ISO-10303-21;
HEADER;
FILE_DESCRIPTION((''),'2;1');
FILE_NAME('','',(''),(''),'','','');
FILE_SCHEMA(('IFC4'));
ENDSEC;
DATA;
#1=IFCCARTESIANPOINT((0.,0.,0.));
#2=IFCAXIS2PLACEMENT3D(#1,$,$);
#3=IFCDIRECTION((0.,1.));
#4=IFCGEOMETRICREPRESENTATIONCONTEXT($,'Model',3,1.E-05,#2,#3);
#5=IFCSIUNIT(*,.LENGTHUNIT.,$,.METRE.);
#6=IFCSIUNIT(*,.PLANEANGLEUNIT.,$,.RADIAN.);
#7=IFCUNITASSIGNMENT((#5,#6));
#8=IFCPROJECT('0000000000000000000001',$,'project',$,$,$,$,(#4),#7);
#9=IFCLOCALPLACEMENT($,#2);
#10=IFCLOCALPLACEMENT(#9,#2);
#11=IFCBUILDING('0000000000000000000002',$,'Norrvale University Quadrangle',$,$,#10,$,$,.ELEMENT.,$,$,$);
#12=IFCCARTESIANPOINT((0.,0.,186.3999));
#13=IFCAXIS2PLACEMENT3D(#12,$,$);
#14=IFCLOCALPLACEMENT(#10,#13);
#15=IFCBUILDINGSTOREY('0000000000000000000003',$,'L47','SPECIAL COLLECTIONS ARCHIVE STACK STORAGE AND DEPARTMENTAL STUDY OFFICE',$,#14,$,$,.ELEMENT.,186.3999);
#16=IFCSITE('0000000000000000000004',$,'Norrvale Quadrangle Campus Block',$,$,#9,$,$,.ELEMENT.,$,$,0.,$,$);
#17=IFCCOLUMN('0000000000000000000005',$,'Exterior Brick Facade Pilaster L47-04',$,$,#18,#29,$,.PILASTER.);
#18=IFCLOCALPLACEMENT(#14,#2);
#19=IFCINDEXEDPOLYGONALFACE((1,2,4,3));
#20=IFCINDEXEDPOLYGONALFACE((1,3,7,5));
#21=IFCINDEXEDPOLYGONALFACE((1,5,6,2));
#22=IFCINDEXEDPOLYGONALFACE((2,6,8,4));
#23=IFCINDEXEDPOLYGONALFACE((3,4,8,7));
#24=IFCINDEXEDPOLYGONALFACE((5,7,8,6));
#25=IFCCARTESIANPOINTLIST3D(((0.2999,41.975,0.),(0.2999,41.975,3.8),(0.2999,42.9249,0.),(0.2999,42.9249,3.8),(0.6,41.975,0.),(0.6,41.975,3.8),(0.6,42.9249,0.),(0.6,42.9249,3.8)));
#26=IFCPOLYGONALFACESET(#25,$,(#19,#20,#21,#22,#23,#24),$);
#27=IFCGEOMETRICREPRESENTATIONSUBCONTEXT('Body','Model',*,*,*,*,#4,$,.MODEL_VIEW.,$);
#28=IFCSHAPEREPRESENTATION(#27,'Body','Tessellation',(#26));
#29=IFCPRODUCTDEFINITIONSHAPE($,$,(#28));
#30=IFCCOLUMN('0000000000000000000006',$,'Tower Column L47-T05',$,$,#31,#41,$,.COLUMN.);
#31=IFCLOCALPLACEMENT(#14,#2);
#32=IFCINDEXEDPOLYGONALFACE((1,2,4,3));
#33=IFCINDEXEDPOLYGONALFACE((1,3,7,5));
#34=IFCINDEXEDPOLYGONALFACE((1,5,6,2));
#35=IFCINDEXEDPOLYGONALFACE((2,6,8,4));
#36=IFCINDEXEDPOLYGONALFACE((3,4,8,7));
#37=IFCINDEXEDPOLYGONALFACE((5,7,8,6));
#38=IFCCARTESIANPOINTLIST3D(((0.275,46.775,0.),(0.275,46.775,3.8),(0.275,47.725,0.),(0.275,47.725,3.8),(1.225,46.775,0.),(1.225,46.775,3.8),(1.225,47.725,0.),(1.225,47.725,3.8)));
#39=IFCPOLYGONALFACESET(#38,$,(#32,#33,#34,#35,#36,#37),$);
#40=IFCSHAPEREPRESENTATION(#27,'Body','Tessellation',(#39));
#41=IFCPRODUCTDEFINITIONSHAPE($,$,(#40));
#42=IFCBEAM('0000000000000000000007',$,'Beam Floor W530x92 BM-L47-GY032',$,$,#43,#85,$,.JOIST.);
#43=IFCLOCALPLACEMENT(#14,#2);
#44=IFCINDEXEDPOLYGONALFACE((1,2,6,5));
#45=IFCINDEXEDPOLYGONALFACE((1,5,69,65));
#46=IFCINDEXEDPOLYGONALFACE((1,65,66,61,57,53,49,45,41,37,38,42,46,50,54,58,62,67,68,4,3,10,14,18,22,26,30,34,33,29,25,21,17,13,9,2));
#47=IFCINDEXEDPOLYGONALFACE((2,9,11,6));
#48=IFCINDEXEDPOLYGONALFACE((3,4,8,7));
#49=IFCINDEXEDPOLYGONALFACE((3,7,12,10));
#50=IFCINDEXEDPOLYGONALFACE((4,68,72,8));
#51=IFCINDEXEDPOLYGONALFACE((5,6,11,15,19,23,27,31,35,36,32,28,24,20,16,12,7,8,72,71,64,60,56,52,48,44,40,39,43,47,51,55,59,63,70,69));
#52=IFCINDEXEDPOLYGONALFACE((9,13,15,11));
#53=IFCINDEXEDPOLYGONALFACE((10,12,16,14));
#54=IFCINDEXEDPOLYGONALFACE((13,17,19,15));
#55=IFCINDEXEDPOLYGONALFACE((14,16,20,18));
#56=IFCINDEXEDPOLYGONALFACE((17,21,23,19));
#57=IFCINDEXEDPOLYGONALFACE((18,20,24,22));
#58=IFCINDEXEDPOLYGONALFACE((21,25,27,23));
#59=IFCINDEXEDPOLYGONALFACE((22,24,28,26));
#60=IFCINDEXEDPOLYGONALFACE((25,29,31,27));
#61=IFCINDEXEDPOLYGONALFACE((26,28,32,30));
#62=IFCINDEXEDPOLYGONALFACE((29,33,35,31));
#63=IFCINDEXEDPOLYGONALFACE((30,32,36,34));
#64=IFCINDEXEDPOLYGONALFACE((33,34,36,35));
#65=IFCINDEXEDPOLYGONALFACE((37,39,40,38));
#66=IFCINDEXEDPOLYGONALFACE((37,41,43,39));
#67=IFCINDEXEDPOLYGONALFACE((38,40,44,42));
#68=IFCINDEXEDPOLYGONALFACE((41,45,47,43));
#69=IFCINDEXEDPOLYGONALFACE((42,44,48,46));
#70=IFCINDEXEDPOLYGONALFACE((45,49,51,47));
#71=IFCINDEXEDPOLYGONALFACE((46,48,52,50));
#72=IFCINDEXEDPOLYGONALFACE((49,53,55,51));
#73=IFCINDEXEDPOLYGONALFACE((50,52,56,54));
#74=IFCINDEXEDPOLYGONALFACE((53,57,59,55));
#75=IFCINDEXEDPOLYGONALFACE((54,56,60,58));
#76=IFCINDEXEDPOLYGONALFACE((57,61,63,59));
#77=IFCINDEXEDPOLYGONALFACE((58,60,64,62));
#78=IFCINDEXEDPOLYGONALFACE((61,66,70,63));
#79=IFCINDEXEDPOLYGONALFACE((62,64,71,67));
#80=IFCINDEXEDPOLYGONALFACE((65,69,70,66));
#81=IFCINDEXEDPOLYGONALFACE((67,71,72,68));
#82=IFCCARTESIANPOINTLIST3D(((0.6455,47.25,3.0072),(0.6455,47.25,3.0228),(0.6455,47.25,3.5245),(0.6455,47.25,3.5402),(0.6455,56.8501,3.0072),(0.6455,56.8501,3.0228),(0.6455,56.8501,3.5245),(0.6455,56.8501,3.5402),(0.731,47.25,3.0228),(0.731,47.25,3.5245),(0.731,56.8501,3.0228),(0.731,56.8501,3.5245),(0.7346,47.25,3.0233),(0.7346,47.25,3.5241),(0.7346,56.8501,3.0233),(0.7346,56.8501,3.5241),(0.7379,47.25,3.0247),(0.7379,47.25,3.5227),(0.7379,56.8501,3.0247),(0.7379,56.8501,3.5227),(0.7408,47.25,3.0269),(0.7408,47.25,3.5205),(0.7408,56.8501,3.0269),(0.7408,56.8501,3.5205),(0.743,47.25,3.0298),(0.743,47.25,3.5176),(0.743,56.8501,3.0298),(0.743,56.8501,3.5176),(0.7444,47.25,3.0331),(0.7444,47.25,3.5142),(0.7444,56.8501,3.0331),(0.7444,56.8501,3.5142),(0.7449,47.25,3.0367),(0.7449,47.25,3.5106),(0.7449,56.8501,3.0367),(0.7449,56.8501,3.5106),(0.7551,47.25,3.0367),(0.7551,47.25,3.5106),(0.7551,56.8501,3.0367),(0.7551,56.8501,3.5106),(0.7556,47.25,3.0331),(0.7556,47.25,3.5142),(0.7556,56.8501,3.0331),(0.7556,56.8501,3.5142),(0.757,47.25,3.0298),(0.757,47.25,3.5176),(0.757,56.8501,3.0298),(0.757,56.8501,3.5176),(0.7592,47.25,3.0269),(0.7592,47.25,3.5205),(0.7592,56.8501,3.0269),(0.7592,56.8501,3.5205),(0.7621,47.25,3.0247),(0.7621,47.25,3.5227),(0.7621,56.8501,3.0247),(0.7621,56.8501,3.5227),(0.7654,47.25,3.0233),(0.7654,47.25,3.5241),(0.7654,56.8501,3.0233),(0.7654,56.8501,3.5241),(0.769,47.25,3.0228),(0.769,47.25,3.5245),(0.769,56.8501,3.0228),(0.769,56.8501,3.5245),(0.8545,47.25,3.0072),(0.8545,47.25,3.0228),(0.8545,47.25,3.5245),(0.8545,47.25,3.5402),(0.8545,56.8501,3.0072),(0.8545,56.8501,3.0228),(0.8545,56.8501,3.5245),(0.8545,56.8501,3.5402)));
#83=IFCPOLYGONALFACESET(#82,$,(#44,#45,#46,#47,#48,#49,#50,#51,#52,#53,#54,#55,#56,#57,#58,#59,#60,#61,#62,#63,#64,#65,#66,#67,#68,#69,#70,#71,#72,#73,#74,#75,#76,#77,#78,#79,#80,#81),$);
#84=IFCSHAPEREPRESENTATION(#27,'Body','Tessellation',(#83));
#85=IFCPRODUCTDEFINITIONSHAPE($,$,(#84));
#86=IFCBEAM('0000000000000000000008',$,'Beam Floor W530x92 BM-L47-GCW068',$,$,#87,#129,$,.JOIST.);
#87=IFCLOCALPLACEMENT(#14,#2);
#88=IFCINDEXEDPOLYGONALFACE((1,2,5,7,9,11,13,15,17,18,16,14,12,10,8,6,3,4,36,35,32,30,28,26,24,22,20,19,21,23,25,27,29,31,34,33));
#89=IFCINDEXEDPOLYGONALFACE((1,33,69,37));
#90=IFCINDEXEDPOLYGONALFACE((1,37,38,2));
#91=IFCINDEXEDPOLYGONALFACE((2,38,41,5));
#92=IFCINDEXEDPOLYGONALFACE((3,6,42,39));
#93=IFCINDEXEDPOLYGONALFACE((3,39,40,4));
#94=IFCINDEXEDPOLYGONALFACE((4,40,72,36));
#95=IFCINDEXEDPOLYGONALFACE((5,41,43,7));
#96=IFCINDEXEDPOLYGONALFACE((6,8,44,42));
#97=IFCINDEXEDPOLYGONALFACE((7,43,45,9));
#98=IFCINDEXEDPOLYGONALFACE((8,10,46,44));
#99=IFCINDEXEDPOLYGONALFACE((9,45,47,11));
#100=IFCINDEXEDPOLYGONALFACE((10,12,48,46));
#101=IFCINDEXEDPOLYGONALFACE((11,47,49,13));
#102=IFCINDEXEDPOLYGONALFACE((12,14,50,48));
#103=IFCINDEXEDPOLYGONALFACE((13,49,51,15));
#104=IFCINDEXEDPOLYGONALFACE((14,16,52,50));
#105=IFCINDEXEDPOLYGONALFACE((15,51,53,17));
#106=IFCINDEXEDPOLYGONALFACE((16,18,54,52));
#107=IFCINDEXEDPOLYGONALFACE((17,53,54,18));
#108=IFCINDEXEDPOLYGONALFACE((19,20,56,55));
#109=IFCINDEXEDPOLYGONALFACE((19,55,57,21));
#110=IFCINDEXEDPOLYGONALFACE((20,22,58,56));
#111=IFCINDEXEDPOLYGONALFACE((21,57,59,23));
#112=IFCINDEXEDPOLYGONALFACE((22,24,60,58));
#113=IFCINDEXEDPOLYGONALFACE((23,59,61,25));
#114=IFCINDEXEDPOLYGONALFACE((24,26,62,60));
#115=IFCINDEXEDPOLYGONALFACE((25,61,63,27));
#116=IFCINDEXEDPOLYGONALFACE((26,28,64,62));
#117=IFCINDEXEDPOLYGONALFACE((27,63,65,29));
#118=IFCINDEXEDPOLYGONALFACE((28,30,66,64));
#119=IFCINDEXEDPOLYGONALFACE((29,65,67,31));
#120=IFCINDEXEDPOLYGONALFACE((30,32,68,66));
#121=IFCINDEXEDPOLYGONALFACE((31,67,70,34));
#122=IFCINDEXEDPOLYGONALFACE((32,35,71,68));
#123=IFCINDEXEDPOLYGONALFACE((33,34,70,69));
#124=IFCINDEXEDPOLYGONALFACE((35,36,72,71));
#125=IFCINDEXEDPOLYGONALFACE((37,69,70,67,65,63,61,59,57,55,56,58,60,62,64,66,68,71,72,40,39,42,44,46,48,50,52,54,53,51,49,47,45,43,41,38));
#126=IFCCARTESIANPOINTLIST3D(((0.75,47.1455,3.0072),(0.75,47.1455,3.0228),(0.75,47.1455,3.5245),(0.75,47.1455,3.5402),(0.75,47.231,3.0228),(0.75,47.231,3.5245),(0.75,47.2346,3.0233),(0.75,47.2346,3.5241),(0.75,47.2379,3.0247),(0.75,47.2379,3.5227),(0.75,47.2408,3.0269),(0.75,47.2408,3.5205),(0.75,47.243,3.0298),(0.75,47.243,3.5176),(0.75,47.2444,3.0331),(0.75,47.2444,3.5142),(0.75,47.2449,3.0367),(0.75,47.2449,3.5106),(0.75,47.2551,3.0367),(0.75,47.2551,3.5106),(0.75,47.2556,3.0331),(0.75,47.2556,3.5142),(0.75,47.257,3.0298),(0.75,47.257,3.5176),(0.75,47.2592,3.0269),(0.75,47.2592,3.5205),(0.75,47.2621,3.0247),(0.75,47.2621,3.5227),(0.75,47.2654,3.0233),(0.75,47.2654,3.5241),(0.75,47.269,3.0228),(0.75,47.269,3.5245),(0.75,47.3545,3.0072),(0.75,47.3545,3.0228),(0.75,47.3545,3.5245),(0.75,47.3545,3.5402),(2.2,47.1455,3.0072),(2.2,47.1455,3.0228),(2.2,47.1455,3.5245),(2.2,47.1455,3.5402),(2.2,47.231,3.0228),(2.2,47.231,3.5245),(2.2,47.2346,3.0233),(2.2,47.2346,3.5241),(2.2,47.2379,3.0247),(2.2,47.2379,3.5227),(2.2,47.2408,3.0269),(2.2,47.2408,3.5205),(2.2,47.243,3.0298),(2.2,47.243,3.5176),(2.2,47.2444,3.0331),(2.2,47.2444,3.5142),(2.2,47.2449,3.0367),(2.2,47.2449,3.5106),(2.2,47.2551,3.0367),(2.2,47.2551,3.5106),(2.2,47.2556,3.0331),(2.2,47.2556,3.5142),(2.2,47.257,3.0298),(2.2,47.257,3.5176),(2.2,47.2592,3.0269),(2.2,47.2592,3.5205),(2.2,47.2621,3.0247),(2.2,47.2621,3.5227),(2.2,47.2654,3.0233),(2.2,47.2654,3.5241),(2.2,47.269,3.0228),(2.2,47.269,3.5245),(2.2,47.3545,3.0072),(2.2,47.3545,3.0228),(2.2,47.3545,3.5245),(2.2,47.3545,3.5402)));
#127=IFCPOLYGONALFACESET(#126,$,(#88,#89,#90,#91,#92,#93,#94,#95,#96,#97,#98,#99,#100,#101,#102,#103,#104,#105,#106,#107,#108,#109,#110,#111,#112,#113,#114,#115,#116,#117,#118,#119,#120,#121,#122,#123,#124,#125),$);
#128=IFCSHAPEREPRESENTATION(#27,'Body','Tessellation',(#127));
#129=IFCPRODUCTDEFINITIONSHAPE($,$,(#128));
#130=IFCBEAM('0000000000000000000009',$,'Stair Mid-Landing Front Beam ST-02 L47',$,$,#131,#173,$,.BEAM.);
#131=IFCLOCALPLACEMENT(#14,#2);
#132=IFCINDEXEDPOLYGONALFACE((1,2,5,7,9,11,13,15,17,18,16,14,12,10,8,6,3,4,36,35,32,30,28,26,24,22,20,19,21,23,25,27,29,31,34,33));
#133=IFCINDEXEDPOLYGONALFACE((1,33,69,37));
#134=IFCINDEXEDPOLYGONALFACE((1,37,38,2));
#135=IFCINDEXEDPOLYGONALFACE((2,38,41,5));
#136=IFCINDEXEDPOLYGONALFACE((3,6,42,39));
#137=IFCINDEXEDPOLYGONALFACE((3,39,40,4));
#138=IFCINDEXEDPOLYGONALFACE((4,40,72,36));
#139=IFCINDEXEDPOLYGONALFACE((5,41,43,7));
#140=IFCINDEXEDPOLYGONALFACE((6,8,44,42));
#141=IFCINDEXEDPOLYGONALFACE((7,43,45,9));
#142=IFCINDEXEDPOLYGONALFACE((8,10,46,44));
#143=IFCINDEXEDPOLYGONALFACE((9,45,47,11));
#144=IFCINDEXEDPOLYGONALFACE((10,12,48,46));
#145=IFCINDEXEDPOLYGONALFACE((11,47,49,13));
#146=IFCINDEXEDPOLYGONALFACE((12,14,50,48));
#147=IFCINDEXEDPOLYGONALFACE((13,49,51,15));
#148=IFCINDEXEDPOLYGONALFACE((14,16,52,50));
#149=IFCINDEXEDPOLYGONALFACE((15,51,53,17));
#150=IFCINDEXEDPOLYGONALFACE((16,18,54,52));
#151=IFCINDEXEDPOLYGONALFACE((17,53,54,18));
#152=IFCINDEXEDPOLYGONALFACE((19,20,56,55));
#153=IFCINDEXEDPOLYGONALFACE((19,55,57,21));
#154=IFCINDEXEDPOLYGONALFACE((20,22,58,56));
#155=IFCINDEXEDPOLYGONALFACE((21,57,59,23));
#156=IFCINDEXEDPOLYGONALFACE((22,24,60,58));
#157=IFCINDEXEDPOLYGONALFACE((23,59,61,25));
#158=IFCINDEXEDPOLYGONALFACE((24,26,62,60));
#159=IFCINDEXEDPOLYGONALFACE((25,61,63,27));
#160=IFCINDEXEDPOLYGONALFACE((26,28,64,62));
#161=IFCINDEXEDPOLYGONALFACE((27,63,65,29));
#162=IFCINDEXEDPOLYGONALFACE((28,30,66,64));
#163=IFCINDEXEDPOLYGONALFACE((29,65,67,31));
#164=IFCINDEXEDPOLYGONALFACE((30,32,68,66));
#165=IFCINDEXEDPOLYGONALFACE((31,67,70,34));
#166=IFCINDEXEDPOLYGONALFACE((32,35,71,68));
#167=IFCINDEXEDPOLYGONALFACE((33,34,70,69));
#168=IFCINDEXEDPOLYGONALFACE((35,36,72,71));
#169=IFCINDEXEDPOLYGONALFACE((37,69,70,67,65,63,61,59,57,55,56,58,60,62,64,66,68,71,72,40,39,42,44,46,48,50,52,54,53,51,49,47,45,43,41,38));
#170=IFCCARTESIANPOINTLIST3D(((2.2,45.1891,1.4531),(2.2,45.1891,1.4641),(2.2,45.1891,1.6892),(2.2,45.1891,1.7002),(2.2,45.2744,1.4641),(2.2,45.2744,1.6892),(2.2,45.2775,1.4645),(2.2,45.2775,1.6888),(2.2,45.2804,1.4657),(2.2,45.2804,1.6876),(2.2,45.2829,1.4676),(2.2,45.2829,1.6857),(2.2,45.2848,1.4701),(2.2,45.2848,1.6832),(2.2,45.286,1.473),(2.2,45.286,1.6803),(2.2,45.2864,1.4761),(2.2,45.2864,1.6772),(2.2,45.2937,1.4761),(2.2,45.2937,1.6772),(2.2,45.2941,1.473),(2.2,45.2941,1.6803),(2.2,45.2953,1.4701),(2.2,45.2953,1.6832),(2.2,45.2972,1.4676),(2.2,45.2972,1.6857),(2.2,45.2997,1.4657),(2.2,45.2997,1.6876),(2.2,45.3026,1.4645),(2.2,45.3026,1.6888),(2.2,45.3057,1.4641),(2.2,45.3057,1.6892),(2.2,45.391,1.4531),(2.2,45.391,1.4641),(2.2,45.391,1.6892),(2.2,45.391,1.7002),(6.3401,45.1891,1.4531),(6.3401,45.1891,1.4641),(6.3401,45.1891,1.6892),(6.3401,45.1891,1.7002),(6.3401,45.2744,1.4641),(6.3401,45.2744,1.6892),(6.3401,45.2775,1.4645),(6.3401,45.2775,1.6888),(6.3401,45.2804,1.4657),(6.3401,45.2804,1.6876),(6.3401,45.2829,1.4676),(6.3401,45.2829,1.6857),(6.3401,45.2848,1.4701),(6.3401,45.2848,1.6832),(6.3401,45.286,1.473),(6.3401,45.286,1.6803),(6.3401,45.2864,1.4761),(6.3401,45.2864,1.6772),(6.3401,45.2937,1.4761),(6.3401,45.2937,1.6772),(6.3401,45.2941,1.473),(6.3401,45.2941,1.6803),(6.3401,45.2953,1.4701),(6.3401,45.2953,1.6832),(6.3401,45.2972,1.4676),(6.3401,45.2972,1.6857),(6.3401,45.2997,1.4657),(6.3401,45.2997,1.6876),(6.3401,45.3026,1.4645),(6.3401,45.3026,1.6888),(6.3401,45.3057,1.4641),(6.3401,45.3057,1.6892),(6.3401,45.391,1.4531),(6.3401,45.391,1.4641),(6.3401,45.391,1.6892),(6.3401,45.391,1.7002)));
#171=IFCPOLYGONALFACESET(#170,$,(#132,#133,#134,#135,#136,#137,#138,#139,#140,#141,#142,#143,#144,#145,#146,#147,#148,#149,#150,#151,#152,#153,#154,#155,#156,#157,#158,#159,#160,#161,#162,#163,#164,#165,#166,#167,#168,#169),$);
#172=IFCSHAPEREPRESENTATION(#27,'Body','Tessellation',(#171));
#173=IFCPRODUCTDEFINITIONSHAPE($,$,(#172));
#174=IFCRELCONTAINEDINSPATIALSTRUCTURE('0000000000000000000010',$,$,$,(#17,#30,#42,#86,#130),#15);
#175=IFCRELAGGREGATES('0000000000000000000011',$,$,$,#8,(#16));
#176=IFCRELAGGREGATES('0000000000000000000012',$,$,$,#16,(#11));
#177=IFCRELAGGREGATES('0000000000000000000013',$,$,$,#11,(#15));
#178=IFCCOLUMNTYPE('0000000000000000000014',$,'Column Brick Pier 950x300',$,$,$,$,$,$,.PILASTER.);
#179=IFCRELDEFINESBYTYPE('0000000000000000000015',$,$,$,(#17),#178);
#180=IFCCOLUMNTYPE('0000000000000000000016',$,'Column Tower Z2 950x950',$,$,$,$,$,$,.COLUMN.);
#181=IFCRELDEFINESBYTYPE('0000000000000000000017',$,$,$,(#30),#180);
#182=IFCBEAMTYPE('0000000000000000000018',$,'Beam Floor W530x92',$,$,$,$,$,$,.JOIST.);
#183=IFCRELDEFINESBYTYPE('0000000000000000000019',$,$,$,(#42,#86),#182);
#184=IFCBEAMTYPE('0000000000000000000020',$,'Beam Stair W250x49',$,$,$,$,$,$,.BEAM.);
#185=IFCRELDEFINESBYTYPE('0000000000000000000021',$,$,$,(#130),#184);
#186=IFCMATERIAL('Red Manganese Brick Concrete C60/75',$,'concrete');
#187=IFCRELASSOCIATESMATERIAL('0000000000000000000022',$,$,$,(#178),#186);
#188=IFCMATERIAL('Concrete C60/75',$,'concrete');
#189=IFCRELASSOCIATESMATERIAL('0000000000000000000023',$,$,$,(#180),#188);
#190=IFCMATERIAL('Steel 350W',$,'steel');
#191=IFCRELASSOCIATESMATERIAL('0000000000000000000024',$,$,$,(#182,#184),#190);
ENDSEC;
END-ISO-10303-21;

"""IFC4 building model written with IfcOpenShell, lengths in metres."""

from ifc_helpers import new_model, si_unit, direction, frame, origin, origin_2d, place, context, subcontext, project, spatial, rectangle, i_section, extrude, material, material_profile, profile_set, type_object, element, save


model = new_model("IFC4")

# Units and contexts
model_context = context("Model", 3, precision=1e-05, world=origin(), true_north=direction((0.0, 1.0)))
body_context = subcontext(model_context, "Body", "Model", "MODEL_VIEW")
ifc_project = project(units=[si_unit("LENGTHUNIT", "METRE"), si_unit("PLANEANGLEUNIT", "RADIAN")], contexts=[model_context])

# Site, building, storey
site_placement = place(None, origin())
site = spatial("IfcSite", under=ifc_project, at=site_placement, Name="Norrvale Quadrangle Campus Block", CompositionType="ELEMENT", RefElevation=0.0)
building_placement = place(site_placement, origin())
building = spatial("IfcBuilding", under=site, at=building_placement, Name="Norrvale University Quadrangle", CompositionType="ELEMENT")
storey_placement = place(building_placement, frame((0.0, 0.0, 186.3999)))
storey = spatial("IfcBuildingStorey", under=building, at=storey_placement, Name="L47", Description="SPECIAL COLLECTIONS ARCHIVE STACK STORAGE AND DEPARTMENTAL STUDY OFFICE", CompositionType="ELEMENT", Elevation=186.3999)

# Columns
ifc_material_1 = material(Name="Red Manganese Brick Concrete C60/75", Category="concrete")
ifc_material_profile_1 = material_profile(ifc_material_1, rectangle(XDim=0.95, YDim=0.3, at=origin_2d()), Name="Red Manganese Brick Concrete C60/75")
ifc_profile_set_1 = profile_set([ifc_material_profile_1], Name="Red Manganese Brick Concrete C60/75")
column_type_1 = type_object("IfcColumnType", Name="Column Brick Pier 950x300", PredefinedType="PILASTER", material=ifc_profile_set_1)
column_1_placement = place(storey_placement, frame((0.45, 42.45, 0.0), z_axis=(0.0, 0.0, 1.0), x_axis=(0.0, 1.0, 0.0)))
element("IfcColumn", 1, at=column_1_placement, inside=storey, type_object=column_type_1, Name="Exterior Brick Facade Pilaster L47-04", PredefinedType="PILASTER", context=body_context, shape_type="SweptSolid", body=[
    extrude(rectangle(XDim=0.95, YDim=0.3, at=origin_2d()), origin(), (0.0, 0.0, 1.0), 3.8),
])
ifc_material_2 = material(Name="Concrete C60/75", Category="concrete")
ifc_material_profile_2 = material_profile(ifc_material_2, rectangle(XDim=0.95, YDim=0.95, at=origin_2d()), Name="Concrete C60/75")
ifc_profile_set_2 = profile_set([ifc_material_profile_2], Name="Concrete C60/75")
column_type_2 = type_object("IfcColumnType", Name="Column Tower Z2 950x950", PredefinedType="COLUMN", material=ifc_profile_set_2)
column_2_placement = place(storey_placement, frame((0.75, 47.25, 0.0), z_axis=(0.0, 0.0, 1.0), x_axis=(1.0, 0.0, 0.0)))
element("IfcColumn", 2, at=column_2_placement, inside=storey, type_object=column_type_2, Name="Tower Column L47-T05", PredefinedType="COLUMN", context=body_context, shape_type="SweptSolid", body=[
    extrude(rectangle(XDim=0.95, YDim=0.95, at=origin_2d()), origin(), (0.0, 0.0, 1.0), 3.8),
])

# Beams
ifc_material_3 = material(Name="Steel 350W", Category="steel")
ifc_material_profile_3 = material_profile(ifc_material_3, i_section(OverallWidth=0.209, OverallDepth=0.533, WebThickness=0.0103, FlangeThickness=0.0156, FilletRadius=0.0139, at=origin_2d()), Name="Steel 350W")
ifc_profile_set_3 = profile_set([ifc_material_profile_3], Name="Steel 350W")
beam_type_1 = type_object("IfcBeamType", Name="Beam Floor W530x92", PredefinedType="JOIST", material=ifc_profile_set_3)
beam_1_placement = place(storey_placement, frame((0.75, 47.25, 3.2737), z_axis=(0.0, 1.0, 0.0), x_axis=(-1.0, 0.0, 0.0)))
element("IfcBeam", 3, at=beam_1_placement, inside=storey, type_object=beam_type_1, Name="Beam Floor W530x92 BM-L47-GY032", PredefinedType="JOIST", context=body_context, shape_type="SweptSolid", body=[
    extrude(i_section(OverallWidth=0.209, OverallDepth=0.533, WebThickness=0.0103, FlangeThickness=0.0156, FilletRadius=0.0139, at=origin_2d()), origin(), (0.0, 0.0, 1.0), 9.6001),
])
beam_2_placement = place(storey_placement, frame((0.75, 47.25, 3.2737), z_axis=(1.0, 0.0, 0.0), x_axis=(0.0, 1.0, 0.0)))
element("IfcBeam", 4, at=beam_2_placement, inside=storey, type_object=beam_type_1, Name="Beam Floor W530x92 BM-L47-GCW068", PredefinedType="JOIST", context=body_context, shape_type="SweptSolid", body=[
    extrude(i_section(OverallWidth=0.209, OverallDepth=0.533, WebThickness=0.0103, FlangeThickness=0.0156, FilletRadius=0.0139, at=origin_2d()), origin(), (0.0, 0.0, 1.0), 1.45),
])
ifc_material_profile_4 = material_profile(ifc_material_3, i_section(OverallWidth=0.2019, OverallDepth=0.2471, WebThickness=0.0073, FlangeThickness=0.011, FilletRadius=0.012, at=origin_2d()), Name="Steel 350W")
ifc_profile_set_4 = profile_set([ifc_material_profile_4], Name="Steel 350W")
beam_type_2 = type_object("IfcBeamType", Name="Beam Stair W250x49", PredefinedType="BEAM", material=ifc_profile_set_4)
beam_3_placement = place(storey_placement, frame((2.2, 45.29, 1.5767), z_axis=(1.0, 0.0, 0.0), x_axis=(0.0, 1.0, 0.0)))
element("IfcBeam", 5, at=beam_3_placement, inside=storey, type_object=beam_type_2, Name="Stair Mid-Landing Front Beam ST-02 L47", PredefinedType="BEAM", context=body_context, shape_type="SweptSolid", body=[
    extrude(i_section(OverallWidth=0.2019, OverallDepth=0.2471, WebThickness=0.0073, FlangeThickness=0.011, FilletRadius=0.012, at=origin_2d()), origin(), (0.0, 0.0, 1.0), 4.1401),
])

save(model, "model.ifc")
